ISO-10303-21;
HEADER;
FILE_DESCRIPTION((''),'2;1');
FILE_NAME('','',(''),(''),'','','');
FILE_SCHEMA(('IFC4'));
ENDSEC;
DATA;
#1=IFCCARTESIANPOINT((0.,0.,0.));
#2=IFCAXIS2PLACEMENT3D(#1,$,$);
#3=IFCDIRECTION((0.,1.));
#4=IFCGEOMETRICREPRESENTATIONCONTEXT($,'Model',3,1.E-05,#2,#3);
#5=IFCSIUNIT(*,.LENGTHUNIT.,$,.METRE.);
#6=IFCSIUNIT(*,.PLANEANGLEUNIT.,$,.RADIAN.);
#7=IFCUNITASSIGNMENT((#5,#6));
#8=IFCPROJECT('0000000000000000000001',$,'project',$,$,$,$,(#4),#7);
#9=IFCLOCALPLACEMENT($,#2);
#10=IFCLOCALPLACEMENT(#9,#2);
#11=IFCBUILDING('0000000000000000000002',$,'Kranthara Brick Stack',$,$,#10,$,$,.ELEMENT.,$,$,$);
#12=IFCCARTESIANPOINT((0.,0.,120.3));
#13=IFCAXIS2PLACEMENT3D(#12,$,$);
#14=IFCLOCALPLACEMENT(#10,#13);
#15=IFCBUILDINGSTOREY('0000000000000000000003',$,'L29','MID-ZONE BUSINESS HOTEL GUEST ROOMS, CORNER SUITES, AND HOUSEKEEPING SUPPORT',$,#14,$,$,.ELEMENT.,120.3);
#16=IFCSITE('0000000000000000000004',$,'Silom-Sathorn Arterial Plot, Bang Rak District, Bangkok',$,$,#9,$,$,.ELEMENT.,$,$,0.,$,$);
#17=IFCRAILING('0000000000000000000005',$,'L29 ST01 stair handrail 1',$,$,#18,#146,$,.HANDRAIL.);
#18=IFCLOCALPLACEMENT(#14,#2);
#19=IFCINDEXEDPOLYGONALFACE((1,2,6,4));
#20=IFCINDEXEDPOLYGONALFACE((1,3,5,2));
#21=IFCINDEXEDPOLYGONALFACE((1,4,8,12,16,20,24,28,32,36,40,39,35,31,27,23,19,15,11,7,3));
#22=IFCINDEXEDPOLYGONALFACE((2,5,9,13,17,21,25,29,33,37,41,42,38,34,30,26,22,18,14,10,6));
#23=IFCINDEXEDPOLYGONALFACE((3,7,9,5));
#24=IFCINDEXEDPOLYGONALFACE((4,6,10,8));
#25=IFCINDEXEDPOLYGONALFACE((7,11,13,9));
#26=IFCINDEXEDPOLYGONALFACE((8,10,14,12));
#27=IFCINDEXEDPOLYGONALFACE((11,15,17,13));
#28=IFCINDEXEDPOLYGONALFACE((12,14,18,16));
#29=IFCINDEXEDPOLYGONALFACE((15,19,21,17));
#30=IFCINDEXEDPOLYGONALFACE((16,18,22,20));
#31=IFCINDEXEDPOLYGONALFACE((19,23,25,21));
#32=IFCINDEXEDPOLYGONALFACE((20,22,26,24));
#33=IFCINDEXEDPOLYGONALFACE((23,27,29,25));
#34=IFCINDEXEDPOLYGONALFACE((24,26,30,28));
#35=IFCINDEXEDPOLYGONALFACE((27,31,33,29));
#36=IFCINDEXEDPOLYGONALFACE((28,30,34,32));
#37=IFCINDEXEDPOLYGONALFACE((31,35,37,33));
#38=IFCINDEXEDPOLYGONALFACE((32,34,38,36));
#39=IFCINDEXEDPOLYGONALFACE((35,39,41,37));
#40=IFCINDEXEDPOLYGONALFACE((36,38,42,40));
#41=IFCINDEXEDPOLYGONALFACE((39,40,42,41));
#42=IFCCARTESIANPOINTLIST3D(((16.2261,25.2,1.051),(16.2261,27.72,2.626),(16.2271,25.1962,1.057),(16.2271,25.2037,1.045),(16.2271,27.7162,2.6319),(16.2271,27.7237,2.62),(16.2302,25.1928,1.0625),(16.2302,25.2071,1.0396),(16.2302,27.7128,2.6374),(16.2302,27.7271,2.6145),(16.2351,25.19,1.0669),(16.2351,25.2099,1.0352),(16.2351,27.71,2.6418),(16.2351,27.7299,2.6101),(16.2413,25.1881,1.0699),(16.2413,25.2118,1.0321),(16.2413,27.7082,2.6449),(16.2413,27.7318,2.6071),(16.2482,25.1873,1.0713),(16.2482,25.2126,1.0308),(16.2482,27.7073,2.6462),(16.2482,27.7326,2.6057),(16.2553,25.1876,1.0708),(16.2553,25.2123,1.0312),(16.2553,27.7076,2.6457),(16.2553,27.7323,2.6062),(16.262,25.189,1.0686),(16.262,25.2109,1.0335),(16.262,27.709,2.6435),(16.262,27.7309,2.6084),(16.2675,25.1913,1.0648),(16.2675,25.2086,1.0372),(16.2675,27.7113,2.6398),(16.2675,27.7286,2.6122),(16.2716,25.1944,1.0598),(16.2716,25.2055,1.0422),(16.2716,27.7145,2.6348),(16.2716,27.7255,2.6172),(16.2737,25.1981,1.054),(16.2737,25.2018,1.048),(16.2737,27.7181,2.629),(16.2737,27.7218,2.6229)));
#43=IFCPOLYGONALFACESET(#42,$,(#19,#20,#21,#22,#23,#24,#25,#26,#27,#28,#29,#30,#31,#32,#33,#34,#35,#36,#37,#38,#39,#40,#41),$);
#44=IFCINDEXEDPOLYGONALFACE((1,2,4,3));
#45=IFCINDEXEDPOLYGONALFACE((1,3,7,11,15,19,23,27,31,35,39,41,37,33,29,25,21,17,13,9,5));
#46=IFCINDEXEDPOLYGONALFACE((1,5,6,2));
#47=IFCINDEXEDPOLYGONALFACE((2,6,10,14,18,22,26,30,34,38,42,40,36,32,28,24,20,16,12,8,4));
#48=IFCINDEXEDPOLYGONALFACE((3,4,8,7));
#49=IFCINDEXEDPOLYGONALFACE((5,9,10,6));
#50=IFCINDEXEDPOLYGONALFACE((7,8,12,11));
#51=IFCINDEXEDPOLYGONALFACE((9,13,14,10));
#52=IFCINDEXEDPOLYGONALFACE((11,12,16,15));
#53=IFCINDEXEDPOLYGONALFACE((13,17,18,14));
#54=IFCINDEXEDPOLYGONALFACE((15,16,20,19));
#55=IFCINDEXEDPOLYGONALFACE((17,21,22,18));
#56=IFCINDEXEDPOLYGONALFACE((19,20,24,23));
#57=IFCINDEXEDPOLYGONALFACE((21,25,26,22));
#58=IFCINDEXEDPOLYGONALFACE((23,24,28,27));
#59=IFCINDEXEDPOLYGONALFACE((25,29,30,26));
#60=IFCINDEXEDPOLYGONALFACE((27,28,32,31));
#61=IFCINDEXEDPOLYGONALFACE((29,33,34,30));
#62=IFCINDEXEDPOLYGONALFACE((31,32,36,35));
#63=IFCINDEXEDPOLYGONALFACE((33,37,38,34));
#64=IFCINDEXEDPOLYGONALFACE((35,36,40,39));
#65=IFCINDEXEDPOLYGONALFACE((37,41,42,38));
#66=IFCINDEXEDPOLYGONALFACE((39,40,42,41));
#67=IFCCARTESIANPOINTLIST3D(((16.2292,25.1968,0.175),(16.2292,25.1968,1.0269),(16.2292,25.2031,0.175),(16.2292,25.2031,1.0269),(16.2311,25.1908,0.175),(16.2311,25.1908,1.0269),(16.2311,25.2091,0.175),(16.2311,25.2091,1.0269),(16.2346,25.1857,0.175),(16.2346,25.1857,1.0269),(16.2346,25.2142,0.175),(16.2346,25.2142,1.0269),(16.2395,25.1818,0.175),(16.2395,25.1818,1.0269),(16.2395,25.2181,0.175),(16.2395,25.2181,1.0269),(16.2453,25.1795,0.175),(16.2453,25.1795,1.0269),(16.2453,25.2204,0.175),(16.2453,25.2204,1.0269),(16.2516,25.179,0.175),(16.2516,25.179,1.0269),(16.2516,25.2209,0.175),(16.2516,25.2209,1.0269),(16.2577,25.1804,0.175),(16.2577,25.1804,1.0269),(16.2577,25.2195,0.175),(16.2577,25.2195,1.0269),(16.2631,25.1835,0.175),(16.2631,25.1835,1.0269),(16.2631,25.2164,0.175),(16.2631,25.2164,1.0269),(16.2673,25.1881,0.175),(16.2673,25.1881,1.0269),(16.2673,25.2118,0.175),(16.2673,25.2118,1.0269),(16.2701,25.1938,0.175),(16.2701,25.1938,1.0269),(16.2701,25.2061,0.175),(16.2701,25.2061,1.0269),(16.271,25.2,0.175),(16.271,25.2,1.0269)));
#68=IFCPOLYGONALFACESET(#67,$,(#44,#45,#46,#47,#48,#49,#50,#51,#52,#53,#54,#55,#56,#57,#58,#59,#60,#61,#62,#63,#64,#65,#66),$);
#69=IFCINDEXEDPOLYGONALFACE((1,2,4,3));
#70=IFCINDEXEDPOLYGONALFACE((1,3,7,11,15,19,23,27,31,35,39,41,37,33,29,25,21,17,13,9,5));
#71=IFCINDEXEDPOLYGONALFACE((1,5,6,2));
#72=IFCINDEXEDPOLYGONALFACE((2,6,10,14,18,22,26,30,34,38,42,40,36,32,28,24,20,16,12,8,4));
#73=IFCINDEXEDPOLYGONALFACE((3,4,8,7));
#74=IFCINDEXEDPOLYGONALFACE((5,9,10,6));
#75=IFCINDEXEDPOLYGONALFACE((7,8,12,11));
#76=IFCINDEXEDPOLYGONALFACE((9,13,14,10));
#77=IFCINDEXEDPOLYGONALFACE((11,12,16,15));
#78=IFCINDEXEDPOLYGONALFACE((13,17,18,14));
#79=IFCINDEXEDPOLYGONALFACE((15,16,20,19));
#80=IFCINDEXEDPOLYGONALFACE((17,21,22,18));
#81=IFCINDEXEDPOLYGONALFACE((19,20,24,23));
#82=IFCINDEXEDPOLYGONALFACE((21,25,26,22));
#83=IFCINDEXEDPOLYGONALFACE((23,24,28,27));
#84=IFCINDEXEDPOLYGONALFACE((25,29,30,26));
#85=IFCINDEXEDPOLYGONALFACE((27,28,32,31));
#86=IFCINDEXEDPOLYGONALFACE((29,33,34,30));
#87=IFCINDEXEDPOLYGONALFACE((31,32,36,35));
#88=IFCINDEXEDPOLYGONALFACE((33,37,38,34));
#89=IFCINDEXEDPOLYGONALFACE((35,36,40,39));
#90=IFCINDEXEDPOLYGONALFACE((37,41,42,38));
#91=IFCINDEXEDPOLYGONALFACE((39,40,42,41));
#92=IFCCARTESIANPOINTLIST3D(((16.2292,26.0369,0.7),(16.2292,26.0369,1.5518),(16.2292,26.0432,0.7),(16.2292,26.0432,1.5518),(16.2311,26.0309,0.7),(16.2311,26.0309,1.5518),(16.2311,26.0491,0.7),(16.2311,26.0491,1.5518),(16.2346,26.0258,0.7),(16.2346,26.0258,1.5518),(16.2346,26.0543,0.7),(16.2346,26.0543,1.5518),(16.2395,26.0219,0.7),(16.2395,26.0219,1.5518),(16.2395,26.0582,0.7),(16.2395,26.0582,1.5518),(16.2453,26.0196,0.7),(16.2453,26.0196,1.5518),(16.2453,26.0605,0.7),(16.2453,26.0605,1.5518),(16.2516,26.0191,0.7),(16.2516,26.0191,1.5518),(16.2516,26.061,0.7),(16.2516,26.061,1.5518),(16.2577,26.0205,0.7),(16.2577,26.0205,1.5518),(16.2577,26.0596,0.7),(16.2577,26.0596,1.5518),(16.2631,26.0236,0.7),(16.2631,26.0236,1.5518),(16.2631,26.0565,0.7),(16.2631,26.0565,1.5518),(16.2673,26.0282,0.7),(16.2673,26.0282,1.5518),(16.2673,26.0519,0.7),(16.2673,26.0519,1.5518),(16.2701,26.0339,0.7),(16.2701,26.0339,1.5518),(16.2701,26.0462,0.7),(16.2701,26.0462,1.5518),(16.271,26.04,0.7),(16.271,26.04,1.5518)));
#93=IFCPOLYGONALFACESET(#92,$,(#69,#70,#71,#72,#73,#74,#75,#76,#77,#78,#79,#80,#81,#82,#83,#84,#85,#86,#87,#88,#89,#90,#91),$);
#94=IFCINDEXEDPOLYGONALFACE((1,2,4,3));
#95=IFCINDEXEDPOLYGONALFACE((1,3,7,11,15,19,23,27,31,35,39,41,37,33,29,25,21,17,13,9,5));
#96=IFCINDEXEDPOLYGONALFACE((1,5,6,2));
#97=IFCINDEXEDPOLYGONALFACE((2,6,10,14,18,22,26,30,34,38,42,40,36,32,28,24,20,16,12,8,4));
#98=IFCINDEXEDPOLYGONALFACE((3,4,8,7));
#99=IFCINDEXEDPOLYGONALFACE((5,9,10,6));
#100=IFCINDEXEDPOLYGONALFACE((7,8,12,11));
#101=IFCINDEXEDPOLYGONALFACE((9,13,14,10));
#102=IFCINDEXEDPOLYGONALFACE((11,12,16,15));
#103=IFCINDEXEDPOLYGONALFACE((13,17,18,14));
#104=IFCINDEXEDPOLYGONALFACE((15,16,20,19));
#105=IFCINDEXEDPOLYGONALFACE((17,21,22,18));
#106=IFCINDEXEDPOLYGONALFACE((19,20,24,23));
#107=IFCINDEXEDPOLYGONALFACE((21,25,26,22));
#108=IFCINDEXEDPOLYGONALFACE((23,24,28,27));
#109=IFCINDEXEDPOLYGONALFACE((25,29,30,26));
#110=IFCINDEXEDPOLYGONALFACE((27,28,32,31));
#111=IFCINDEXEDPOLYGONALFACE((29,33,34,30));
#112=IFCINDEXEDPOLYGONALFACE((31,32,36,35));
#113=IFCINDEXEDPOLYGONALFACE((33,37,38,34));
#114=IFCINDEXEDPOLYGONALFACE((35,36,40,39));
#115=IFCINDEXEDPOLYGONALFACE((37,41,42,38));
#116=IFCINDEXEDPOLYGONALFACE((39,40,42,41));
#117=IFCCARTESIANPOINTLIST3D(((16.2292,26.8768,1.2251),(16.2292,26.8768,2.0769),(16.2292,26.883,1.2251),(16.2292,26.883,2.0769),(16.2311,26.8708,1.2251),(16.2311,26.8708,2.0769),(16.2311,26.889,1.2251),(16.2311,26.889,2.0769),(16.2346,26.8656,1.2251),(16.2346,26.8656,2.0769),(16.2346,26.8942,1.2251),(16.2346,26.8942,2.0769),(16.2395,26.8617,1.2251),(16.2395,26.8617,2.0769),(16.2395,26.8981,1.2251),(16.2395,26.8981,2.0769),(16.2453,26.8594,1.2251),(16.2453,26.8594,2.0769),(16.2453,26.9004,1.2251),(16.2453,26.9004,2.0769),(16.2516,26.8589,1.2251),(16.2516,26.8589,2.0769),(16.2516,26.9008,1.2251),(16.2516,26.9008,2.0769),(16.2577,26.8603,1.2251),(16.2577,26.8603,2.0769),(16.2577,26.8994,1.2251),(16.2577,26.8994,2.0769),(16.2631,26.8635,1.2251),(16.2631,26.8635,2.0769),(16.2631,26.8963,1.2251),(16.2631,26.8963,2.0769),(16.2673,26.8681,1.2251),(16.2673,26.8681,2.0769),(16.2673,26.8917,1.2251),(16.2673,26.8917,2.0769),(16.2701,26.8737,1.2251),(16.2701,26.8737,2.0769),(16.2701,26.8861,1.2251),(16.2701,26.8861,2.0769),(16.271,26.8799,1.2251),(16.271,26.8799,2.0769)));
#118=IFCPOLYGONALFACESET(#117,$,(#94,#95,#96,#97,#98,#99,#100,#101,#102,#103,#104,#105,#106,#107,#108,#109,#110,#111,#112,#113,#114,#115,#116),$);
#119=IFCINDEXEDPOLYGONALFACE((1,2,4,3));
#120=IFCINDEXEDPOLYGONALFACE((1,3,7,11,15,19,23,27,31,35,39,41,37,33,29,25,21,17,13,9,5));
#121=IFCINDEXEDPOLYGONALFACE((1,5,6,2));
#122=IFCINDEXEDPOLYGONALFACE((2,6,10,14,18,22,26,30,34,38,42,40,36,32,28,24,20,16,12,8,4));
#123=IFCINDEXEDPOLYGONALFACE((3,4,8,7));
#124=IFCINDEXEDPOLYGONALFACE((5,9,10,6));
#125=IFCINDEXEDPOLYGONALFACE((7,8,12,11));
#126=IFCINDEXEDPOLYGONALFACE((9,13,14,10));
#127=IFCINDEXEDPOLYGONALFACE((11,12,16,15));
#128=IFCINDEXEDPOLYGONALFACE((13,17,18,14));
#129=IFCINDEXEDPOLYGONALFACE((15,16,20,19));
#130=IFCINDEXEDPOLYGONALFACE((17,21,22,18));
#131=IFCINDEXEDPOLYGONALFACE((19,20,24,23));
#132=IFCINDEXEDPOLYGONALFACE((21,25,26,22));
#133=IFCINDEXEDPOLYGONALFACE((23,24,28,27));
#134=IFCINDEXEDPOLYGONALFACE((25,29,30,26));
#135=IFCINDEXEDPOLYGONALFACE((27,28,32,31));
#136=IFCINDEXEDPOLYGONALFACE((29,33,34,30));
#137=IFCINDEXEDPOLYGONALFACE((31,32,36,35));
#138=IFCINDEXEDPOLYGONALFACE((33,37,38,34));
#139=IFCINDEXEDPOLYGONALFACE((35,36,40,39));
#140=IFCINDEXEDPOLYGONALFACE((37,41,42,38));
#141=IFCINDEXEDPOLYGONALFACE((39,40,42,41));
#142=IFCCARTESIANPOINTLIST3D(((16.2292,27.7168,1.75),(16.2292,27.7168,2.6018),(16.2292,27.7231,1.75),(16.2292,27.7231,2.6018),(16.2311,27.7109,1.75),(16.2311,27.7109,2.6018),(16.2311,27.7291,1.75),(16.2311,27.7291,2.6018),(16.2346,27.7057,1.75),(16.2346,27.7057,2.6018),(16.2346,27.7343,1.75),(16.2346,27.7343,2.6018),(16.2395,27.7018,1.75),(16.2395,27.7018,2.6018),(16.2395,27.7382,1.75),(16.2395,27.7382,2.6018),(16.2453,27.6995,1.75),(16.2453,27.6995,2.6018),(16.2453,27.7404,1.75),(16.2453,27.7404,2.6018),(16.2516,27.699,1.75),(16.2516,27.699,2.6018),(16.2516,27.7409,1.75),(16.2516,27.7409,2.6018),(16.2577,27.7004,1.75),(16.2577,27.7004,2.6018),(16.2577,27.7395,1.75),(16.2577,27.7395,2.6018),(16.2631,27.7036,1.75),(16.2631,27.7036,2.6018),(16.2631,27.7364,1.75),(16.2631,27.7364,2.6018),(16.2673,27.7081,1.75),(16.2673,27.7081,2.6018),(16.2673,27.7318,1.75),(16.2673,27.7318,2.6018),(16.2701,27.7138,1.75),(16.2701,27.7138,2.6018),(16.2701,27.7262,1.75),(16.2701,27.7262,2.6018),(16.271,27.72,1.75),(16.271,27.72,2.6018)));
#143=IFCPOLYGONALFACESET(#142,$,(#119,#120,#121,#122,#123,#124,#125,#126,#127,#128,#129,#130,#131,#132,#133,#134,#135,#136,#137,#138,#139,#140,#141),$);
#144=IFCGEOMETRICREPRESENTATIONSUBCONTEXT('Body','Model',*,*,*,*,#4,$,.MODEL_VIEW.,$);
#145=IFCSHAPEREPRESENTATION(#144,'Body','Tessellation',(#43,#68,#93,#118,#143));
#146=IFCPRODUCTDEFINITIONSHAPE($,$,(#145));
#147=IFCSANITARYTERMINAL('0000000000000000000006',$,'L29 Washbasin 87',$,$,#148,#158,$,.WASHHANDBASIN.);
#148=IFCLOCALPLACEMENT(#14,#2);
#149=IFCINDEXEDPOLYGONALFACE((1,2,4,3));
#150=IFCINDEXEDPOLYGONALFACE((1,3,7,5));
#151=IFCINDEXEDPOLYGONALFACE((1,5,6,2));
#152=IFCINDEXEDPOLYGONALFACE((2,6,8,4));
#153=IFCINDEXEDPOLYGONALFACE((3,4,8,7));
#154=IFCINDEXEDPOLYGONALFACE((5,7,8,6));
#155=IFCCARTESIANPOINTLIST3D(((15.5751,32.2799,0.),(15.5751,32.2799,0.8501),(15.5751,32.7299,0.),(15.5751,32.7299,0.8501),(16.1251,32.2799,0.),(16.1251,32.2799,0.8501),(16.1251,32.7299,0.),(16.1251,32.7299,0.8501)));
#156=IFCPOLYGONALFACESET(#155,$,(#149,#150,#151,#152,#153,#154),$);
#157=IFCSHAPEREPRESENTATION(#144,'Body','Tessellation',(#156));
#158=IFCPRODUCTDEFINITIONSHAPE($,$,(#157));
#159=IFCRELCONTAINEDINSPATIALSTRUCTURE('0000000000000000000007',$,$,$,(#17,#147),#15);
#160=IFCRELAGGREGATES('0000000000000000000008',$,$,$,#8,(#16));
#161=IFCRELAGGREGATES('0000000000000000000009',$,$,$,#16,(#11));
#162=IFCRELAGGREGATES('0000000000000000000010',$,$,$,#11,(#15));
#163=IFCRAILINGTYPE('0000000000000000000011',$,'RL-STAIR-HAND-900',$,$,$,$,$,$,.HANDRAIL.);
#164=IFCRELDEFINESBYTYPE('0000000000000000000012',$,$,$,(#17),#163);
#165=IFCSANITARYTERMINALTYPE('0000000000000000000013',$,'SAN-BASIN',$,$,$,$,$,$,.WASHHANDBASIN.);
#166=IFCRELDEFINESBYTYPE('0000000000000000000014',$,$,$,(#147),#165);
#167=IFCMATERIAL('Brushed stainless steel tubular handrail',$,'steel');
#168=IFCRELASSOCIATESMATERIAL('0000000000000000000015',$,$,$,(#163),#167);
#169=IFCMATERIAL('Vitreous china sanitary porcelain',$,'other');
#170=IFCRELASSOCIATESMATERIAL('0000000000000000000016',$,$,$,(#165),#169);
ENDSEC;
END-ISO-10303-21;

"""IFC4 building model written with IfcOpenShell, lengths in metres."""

from ifc_helpers import new_model, si_unit, direction, frame, origin, origin_2d, place, context, subcontext, project, spatial, rectangle, circle, extrude, material, type_object, element, save


model = new_model("IFC4")

# Units and contexts
model_context = context("Model", 3, precision=1e-05, world=origin(), true_north=direction((0.0, 1.0)))
body_context = subcontext(model_context, "Body", "Model", "MODEL_VIEW")
ifc_project = project(units=[si_unit("LENGTHUNIT", "METRE"), si_unit("PLANEANGLEUNIT", "RADIAN")], contexts=[model_context])

# Site, building, storey
site_placement = place(None, origin())
site = spatial("IfcSite", under=ifc_project, at=site_placement, Name="Silom-Sathorn Arterial Plot, Bang Rak District, Bangkok", CompositionType="ELEMENT", RefElevation=0.0)
building_placement = place(site_placement, origin())
building = spatial("IfcBuilding", under=site, at=building_placement, Name="Kranthara Brick Stack", CompositionType="ELEMENT")
storey_placement = place(building_placement, frame((0.0, 0.0, 120.3)))
storey = spatial("IfcBuildingStorey", under=building, at=storey_placement, Name="L29", Description="MID-ZONE BUSINESS HOTEL GUEST ROOMS, CORNER SUITES, AND HOUSEKEEPING SUPPORT", CompositionType="ELEMENT", Elevation=120.3)

# Railing
ifc_material_1 = material(Name="Brushed stainless steel tubular handrail", Category="steel")
railing_type = type_object("IfcRailingType", Name="RL-STAIR-HAND-900", PredefinedType="HANDRAIL", material=ifc_material_1)
railing_placement = place(storey_placement, frame((16.25, 25.2, 0.175)))
element("IfcRailing", 1, at=railing_placement, inside=storey, type_object=railing_type, Name="L29 ST01 stair handrail 1", PredefinedType="HANDRAIL", context=body_context, shape_type="SweptSolid", body=[
    extrude(circle(Radius=0.0239, at=origin_2d()), frame((0.0, 0.0, 0.876), z_axis=(0.0, 0.848008, 0.529984), x_axis=(-1.0, 0.0, 0.0)), (0.0, 0.0, 1.0), 2.9717),
    extrude(circle(Radius=0.021, at=origin_2d()), origin(), (0.0, 0.0, 1.0), 0.8518),
    extrude(circle(Radius=0.021, at=origin_2d()), frame((0.0, 0.8401, 0.5249)), (0.0, 0.0, 1.0), 0.8518),
    extrude(circle(Radius=0.021, at=origin_2d()), frame((0.0, 1.6799, 1.05)), (0.0, 0.0, 1.0), 0.8518),
    extrude(circle(Radius=0.021, at=origin_2d()), frame((0.0, 2.52, 1.575)), (0.0, 0.0, 1.0), 0.8518),
])

# Sanitary terminal
ifc_material_2 = material(Name="Vitreous china sanitary porcelain", Category="other")
sanitary_terminal_type = type_object("IfcSanitaryTerminalType", Name="SAN-BASIN", PredefinedType="WASHHANDBASIN", material=ifc_material_2)
sanitary_terminal_placement = place(storey_placement, frame((15.8501, 32.5049, 0.0), z_axis=(0.0, 0.0, 1.0), x_axis=(1.0, 0.0, 0.0)))
element("IfcSanitaryTerminal", 2, at=sanitary_terminal_placement, inside=storey, type_object=sanitary_terminal_type, Name="L29 Washbasin 87", PredefinedType="WASHHANDBASIN", context=body_context, shape_type="SweptSolid", body=[
    extrude(rectangle(XDim=0.55, YDim=0.45, at=origin_2d()), origin(), (0.0, 0.0, 1.0), 0.8501),
])

save(model, "model.ifc")
